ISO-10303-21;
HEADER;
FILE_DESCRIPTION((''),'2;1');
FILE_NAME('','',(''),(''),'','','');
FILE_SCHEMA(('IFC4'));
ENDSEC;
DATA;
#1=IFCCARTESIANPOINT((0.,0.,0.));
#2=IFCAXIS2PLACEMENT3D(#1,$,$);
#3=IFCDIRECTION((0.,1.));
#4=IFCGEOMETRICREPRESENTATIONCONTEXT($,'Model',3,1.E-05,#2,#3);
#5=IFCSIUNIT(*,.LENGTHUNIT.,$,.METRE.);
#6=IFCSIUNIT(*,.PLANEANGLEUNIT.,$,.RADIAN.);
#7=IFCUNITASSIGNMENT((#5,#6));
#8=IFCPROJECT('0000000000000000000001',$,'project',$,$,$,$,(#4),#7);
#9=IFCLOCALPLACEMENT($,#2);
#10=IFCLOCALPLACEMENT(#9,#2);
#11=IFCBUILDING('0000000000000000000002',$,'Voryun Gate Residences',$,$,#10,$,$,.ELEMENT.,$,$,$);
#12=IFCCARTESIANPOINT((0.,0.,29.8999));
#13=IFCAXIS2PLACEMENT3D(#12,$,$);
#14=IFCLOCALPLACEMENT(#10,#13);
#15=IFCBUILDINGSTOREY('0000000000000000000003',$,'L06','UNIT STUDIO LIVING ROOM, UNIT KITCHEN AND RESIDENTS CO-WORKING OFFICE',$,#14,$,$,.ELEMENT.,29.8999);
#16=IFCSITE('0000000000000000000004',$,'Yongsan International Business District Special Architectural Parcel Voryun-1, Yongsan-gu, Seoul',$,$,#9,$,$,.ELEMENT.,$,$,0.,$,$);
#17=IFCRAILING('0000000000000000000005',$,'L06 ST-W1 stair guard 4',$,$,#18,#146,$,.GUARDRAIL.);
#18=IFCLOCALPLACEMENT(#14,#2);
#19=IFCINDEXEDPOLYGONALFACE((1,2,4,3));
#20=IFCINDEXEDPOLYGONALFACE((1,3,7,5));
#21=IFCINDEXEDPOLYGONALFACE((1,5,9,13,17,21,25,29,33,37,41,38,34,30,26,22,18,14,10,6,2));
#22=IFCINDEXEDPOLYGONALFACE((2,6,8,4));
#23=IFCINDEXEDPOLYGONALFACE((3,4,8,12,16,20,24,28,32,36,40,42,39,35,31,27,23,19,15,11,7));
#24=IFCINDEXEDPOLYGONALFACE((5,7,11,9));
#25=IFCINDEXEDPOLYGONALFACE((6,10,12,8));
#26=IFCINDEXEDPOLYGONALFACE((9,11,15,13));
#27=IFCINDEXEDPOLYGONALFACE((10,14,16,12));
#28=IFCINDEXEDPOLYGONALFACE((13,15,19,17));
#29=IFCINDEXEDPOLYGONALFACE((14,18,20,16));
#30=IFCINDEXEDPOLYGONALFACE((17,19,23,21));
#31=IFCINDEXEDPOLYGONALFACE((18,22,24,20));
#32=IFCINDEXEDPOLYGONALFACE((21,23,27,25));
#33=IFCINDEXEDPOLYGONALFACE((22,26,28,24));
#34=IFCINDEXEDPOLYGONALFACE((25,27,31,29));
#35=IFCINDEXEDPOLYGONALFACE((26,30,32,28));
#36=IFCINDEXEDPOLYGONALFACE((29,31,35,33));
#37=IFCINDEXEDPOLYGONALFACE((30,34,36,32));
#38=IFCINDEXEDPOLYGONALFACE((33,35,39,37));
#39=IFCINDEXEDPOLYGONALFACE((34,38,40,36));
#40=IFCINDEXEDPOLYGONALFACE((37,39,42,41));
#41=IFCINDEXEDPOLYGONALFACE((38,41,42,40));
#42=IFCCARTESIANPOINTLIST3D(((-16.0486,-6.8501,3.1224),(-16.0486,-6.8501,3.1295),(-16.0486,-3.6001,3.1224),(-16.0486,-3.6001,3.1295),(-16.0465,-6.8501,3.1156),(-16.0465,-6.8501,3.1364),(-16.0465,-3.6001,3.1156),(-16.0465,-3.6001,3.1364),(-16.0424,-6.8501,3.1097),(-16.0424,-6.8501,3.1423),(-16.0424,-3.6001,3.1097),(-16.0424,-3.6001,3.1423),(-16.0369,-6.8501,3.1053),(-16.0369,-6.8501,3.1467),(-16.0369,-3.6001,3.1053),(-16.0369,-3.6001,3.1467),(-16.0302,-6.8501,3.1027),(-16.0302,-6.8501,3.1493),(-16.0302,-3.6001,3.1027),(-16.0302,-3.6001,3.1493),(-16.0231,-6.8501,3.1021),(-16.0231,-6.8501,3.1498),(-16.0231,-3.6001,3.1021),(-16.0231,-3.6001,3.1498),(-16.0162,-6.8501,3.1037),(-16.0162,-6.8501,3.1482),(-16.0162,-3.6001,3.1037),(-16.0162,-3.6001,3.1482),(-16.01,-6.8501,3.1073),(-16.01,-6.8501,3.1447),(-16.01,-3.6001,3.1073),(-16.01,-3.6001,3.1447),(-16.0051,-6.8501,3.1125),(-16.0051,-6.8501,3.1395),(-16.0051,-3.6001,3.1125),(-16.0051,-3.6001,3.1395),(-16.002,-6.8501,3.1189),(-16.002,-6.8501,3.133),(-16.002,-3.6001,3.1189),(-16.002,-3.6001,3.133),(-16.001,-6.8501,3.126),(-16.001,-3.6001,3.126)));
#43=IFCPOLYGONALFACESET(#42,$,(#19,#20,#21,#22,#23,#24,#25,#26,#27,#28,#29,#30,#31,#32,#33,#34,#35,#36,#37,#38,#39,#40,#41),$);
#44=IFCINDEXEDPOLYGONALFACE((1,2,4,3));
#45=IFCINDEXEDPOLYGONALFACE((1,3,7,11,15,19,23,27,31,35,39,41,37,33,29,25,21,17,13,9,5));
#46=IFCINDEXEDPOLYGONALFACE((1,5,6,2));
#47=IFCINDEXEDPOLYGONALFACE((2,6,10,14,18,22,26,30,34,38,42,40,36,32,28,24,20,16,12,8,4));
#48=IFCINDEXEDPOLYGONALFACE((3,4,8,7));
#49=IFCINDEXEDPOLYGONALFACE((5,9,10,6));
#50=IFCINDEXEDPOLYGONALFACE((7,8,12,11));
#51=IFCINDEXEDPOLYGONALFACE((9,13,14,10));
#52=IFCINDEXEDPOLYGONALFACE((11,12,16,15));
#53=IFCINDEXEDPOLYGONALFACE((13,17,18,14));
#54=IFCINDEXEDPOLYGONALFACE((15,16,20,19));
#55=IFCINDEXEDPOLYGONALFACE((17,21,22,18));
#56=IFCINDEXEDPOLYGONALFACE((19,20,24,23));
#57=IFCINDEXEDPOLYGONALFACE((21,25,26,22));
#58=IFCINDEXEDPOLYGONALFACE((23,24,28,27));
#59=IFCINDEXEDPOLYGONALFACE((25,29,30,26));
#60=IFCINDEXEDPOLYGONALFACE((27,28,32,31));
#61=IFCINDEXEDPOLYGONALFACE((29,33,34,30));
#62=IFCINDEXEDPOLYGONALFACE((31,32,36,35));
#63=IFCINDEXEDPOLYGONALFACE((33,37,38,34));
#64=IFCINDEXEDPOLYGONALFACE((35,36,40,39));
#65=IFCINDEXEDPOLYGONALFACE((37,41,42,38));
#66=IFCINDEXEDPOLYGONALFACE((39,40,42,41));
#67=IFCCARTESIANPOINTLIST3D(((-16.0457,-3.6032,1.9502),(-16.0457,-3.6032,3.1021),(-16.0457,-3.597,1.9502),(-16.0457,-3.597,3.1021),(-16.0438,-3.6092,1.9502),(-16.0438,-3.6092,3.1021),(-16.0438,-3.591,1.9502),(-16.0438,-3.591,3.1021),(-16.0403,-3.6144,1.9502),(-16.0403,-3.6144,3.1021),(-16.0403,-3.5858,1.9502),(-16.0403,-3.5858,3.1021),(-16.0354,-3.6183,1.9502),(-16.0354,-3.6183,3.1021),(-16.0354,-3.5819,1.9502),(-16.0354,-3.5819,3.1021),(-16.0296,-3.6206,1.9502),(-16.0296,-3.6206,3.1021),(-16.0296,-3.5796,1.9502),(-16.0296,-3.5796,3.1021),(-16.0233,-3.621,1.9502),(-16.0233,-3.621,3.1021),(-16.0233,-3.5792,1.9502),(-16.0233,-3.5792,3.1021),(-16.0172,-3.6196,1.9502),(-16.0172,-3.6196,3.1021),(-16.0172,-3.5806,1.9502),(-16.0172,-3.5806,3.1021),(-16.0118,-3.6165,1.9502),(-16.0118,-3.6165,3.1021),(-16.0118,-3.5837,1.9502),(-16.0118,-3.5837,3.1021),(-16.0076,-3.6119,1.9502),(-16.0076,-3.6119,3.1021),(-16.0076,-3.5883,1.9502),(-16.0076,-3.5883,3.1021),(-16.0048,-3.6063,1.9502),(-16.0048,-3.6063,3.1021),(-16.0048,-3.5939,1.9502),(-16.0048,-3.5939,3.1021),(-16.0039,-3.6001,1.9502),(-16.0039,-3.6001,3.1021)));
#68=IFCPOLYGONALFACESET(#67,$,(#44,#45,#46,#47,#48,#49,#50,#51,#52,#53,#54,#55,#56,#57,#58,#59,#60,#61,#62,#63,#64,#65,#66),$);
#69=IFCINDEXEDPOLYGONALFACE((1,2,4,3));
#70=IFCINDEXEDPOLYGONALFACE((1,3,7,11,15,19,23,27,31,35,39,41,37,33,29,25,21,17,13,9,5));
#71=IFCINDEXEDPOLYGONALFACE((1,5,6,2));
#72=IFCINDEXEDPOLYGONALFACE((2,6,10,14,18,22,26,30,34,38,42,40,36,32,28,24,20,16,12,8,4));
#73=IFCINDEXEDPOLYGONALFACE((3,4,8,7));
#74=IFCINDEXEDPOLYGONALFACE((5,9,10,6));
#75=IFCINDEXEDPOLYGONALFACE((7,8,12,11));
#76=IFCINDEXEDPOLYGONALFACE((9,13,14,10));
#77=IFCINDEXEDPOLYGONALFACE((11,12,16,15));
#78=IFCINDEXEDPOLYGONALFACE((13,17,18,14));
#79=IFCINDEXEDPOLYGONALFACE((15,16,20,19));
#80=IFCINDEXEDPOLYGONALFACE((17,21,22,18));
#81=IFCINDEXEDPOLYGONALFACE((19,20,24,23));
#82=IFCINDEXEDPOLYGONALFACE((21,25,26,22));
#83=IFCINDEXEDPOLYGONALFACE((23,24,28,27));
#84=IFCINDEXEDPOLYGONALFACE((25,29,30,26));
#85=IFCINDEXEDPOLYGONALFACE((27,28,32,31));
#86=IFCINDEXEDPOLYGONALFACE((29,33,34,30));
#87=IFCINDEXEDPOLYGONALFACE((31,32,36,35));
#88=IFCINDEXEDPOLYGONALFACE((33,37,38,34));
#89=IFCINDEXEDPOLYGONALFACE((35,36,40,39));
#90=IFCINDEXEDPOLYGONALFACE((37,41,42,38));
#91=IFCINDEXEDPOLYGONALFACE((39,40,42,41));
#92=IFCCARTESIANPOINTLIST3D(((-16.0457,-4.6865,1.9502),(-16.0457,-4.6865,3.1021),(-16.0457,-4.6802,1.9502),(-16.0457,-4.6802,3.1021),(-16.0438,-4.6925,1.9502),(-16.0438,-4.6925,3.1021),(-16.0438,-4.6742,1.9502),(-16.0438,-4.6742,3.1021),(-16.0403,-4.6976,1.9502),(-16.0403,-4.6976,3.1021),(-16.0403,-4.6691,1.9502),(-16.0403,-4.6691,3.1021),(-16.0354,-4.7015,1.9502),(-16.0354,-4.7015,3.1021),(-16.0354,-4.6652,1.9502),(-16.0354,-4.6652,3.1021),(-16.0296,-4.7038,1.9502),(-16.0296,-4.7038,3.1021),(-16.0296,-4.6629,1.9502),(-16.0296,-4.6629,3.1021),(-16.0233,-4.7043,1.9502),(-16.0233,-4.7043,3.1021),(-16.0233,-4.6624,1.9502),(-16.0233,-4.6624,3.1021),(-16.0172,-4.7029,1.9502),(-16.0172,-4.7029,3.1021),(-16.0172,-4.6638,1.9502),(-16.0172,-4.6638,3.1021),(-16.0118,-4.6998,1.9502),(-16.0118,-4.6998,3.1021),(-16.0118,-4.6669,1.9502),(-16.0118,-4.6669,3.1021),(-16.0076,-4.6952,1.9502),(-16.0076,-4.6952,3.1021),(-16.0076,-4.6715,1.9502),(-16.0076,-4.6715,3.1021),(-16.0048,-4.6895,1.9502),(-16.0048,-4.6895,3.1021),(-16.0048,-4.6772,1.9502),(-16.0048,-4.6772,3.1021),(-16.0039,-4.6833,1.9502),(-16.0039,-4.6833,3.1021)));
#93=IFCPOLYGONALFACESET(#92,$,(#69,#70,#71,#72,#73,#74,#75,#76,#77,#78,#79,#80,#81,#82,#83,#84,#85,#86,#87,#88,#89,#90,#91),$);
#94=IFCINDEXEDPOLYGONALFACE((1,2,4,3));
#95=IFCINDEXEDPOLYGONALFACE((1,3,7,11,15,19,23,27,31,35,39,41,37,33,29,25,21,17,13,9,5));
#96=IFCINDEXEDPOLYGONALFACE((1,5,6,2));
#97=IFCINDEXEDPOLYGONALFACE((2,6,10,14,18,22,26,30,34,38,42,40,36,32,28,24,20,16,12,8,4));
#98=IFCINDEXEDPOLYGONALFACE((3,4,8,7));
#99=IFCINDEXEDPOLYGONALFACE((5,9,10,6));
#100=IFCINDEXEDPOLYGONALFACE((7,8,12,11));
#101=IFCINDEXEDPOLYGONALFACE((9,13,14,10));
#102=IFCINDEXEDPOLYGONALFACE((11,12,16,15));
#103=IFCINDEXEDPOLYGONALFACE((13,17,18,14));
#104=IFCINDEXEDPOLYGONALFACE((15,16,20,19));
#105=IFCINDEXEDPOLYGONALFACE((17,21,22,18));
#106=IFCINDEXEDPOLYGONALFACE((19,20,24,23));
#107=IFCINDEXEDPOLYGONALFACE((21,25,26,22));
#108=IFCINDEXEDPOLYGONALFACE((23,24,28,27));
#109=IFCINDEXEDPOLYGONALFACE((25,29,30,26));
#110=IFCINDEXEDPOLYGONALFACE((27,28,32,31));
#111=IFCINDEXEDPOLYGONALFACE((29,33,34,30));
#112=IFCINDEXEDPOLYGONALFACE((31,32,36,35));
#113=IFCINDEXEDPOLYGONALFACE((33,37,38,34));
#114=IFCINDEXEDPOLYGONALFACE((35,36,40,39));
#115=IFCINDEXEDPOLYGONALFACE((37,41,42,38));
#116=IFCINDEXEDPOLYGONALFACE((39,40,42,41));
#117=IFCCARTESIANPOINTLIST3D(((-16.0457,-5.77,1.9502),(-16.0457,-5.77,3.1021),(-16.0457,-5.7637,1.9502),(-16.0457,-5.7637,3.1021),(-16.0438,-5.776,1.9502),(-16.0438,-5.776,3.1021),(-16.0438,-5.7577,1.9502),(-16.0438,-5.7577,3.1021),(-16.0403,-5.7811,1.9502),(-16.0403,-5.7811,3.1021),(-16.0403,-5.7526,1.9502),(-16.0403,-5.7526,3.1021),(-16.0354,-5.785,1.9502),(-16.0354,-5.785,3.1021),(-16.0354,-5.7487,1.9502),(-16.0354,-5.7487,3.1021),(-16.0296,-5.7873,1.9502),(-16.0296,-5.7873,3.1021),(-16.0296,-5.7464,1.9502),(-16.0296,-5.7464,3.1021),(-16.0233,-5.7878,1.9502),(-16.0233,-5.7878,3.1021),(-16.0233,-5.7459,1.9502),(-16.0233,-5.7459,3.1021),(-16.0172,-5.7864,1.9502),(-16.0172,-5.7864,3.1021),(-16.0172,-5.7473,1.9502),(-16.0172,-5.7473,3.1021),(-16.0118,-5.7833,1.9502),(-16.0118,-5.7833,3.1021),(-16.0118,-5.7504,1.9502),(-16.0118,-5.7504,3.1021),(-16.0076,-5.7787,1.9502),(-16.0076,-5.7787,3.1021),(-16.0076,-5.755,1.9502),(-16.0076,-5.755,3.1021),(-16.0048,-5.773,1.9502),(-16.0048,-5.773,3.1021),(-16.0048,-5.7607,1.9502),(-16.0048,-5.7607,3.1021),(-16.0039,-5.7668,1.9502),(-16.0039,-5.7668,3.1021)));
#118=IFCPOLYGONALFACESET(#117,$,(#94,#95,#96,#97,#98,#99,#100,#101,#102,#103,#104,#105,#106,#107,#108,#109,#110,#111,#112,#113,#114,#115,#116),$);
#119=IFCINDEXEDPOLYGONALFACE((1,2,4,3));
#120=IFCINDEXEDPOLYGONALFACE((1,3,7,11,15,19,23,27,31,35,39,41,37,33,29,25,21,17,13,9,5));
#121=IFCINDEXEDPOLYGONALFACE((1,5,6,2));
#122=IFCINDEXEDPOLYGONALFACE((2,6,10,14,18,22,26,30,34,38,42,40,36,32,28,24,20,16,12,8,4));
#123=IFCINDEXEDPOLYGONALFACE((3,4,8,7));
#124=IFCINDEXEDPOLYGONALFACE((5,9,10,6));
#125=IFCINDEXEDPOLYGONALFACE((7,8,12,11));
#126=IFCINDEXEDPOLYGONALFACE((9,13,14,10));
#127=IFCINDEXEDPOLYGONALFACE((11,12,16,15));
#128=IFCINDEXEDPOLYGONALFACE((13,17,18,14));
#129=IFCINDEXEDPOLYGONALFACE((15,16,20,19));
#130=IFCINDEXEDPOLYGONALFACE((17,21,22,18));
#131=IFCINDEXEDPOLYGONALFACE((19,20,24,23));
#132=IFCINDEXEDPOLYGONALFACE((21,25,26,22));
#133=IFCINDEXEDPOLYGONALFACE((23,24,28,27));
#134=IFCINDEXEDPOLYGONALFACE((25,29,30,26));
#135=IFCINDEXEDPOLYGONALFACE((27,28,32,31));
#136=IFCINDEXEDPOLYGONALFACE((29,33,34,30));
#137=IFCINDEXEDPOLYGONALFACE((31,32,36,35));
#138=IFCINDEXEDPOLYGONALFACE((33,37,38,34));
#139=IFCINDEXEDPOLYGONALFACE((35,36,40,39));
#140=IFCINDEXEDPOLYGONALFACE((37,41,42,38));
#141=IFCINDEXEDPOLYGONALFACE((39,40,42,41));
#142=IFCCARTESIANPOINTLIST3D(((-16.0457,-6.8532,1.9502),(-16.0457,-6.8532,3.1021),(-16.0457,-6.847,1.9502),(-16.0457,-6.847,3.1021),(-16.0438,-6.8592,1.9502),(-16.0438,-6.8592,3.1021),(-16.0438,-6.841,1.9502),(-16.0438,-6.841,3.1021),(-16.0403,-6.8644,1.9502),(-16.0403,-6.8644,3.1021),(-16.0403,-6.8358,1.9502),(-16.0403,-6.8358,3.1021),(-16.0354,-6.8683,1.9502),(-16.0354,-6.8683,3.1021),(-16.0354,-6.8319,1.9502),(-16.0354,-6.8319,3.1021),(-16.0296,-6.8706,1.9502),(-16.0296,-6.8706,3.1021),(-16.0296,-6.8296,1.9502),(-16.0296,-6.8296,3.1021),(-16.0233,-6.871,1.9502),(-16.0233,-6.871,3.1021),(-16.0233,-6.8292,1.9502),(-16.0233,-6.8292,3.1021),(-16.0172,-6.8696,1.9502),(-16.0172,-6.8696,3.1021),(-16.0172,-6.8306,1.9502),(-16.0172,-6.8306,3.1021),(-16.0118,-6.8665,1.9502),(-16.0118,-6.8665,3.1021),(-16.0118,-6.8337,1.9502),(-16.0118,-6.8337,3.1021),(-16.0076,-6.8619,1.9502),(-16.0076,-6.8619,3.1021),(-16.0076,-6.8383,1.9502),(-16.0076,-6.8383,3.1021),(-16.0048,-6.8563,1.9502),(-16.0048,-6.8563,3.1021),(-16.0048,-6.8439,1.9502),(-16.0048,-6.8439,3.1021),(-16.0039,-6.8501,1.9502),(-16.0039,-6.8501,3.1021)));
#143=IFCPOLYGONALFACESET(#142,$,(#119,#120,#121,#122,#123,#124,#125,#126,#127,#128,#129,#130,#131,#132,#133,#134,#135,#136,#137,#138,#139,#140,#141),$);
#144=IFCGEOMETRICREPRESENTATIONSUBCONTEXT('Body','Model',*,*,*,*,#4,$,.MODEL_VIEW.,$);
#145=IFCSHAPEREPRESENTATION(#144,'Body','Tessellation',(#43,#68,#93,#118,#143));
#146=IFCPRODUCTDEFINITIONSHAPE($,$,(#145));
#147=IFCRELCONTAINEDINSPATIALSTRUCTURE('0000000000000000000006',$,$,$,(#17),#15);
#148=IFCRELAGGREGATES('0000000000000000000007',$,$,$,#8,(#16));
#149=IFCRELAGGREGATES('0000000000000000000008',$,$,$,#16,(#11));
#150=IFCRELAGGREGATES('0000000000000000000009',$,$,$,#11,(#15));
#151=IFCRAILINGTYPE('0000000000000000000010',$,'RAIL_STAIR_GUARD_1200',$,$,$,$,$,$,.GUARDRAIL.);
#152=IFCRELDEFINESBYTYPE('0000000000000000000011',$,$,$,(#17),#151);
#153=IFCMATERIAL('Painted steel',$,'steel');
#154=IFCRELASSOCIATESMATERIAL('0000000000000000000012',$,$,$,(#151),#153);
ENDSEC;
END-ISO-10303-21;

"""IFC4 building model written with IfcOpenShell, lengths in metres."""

from ifc_helpers import new_model, si_unit, direction, frame, origin, origin_2d, place, context, subcontext, project, spatial, circle, extrude, material, type_object, element, save


model = new_model("IFC4")

# Units and contexts
model_context = context("Model", 3, precision=1e-05, world=origin(), true_north=direction((0.0, 1.0)))
body_context = subcontext(model_context, "Body", "Model", "MODEL_VIEW")
ifc_project = project(units=[si_unit("LENGTHUNIT", "METRE"), si_unit("PLANEANGLEUNIT", "RADIAN")], contexts=[model_context])

# Site, building, storey
site_placement = place(None, origin())
site = spatial("IfcSite", under=ifc_project, at=site_placement, Name="Yongsan International Business District Special Architectural Parcel Voryun-1, Yongsan-gu, Seoul", CompositionType="ELEMENT", RefElevation=0.0)
building_placement = place(site_placement, origin())
building = spatial("IfcBuilding", under=site, at=building_placement, Name="Voryun Gate Residences", CompositionType="ELEMENT")
storey_placement = place(building_placement, frame((0.0, 0.0, 29.8999)))
storey = spatial("IfcBuildingStorey", under=building, at=storey_placement, Name="L06", Description="UNIT STUDIO LIVING ROOM, UNIT KITCHEN AND RESIDENTS CO-WORKING OFFICE", CompositionType="ELEMENT", Elevation=29.8999)

# Railing
ifc_material_1 = material(Name="Painted steel", Category="steel")
railing_type_1 = type_object("IfcRailingType", Name="RAIL_STAIR_GUARD_1200", PredefinedType="GUARDRAIL", material=ifc_material_1)
for number, where, name in (
    (1, (-16.0249, -3.6001, 1.9502), "L06 ST-W1 stair guard 4"),
):
    element("IfcRailing", number, at=place(storey_placement, frame(where)), inside=storey, type_object=railing_type_1, Name=name, PredefinedType="GUARDRAIL", context=body_context, shape_type="SweptSolid", body=[
        extrude(circle(Radius=0.0239, at=origin_2d()), frame((0.0, 0.0, 1.1758), z_axis=(0.0, -1.0, 0.0), x_axis=(1.0, 0.0, 0.0)), (0.0, 0.0, 1.0), 3.25),
        extrude(circle(Radius=0.021, at=origin_2d()), origin(), (0.0, 0.0, 1.0), 1.1519),
        extrude(circle(Radius=0.021, at=origin_2d()), frame((0.0, -1.0833, 0.0)), (0.0, 0.0, 1.0), 1.1519),
        extrude(circle(Radius=0.021, at=origin_2d()), frame((0.0, -2.1667, 0.0)), (0.0, 0.0, 1.0), 1.1519),
        extrude(circle(Radius=0.021, at=origin_2d()), frame((0.0, -3.25, 0.0)), (0.0, 0.0, 1.0), 1.1519),
    ])

save(model, "model.ifc")
